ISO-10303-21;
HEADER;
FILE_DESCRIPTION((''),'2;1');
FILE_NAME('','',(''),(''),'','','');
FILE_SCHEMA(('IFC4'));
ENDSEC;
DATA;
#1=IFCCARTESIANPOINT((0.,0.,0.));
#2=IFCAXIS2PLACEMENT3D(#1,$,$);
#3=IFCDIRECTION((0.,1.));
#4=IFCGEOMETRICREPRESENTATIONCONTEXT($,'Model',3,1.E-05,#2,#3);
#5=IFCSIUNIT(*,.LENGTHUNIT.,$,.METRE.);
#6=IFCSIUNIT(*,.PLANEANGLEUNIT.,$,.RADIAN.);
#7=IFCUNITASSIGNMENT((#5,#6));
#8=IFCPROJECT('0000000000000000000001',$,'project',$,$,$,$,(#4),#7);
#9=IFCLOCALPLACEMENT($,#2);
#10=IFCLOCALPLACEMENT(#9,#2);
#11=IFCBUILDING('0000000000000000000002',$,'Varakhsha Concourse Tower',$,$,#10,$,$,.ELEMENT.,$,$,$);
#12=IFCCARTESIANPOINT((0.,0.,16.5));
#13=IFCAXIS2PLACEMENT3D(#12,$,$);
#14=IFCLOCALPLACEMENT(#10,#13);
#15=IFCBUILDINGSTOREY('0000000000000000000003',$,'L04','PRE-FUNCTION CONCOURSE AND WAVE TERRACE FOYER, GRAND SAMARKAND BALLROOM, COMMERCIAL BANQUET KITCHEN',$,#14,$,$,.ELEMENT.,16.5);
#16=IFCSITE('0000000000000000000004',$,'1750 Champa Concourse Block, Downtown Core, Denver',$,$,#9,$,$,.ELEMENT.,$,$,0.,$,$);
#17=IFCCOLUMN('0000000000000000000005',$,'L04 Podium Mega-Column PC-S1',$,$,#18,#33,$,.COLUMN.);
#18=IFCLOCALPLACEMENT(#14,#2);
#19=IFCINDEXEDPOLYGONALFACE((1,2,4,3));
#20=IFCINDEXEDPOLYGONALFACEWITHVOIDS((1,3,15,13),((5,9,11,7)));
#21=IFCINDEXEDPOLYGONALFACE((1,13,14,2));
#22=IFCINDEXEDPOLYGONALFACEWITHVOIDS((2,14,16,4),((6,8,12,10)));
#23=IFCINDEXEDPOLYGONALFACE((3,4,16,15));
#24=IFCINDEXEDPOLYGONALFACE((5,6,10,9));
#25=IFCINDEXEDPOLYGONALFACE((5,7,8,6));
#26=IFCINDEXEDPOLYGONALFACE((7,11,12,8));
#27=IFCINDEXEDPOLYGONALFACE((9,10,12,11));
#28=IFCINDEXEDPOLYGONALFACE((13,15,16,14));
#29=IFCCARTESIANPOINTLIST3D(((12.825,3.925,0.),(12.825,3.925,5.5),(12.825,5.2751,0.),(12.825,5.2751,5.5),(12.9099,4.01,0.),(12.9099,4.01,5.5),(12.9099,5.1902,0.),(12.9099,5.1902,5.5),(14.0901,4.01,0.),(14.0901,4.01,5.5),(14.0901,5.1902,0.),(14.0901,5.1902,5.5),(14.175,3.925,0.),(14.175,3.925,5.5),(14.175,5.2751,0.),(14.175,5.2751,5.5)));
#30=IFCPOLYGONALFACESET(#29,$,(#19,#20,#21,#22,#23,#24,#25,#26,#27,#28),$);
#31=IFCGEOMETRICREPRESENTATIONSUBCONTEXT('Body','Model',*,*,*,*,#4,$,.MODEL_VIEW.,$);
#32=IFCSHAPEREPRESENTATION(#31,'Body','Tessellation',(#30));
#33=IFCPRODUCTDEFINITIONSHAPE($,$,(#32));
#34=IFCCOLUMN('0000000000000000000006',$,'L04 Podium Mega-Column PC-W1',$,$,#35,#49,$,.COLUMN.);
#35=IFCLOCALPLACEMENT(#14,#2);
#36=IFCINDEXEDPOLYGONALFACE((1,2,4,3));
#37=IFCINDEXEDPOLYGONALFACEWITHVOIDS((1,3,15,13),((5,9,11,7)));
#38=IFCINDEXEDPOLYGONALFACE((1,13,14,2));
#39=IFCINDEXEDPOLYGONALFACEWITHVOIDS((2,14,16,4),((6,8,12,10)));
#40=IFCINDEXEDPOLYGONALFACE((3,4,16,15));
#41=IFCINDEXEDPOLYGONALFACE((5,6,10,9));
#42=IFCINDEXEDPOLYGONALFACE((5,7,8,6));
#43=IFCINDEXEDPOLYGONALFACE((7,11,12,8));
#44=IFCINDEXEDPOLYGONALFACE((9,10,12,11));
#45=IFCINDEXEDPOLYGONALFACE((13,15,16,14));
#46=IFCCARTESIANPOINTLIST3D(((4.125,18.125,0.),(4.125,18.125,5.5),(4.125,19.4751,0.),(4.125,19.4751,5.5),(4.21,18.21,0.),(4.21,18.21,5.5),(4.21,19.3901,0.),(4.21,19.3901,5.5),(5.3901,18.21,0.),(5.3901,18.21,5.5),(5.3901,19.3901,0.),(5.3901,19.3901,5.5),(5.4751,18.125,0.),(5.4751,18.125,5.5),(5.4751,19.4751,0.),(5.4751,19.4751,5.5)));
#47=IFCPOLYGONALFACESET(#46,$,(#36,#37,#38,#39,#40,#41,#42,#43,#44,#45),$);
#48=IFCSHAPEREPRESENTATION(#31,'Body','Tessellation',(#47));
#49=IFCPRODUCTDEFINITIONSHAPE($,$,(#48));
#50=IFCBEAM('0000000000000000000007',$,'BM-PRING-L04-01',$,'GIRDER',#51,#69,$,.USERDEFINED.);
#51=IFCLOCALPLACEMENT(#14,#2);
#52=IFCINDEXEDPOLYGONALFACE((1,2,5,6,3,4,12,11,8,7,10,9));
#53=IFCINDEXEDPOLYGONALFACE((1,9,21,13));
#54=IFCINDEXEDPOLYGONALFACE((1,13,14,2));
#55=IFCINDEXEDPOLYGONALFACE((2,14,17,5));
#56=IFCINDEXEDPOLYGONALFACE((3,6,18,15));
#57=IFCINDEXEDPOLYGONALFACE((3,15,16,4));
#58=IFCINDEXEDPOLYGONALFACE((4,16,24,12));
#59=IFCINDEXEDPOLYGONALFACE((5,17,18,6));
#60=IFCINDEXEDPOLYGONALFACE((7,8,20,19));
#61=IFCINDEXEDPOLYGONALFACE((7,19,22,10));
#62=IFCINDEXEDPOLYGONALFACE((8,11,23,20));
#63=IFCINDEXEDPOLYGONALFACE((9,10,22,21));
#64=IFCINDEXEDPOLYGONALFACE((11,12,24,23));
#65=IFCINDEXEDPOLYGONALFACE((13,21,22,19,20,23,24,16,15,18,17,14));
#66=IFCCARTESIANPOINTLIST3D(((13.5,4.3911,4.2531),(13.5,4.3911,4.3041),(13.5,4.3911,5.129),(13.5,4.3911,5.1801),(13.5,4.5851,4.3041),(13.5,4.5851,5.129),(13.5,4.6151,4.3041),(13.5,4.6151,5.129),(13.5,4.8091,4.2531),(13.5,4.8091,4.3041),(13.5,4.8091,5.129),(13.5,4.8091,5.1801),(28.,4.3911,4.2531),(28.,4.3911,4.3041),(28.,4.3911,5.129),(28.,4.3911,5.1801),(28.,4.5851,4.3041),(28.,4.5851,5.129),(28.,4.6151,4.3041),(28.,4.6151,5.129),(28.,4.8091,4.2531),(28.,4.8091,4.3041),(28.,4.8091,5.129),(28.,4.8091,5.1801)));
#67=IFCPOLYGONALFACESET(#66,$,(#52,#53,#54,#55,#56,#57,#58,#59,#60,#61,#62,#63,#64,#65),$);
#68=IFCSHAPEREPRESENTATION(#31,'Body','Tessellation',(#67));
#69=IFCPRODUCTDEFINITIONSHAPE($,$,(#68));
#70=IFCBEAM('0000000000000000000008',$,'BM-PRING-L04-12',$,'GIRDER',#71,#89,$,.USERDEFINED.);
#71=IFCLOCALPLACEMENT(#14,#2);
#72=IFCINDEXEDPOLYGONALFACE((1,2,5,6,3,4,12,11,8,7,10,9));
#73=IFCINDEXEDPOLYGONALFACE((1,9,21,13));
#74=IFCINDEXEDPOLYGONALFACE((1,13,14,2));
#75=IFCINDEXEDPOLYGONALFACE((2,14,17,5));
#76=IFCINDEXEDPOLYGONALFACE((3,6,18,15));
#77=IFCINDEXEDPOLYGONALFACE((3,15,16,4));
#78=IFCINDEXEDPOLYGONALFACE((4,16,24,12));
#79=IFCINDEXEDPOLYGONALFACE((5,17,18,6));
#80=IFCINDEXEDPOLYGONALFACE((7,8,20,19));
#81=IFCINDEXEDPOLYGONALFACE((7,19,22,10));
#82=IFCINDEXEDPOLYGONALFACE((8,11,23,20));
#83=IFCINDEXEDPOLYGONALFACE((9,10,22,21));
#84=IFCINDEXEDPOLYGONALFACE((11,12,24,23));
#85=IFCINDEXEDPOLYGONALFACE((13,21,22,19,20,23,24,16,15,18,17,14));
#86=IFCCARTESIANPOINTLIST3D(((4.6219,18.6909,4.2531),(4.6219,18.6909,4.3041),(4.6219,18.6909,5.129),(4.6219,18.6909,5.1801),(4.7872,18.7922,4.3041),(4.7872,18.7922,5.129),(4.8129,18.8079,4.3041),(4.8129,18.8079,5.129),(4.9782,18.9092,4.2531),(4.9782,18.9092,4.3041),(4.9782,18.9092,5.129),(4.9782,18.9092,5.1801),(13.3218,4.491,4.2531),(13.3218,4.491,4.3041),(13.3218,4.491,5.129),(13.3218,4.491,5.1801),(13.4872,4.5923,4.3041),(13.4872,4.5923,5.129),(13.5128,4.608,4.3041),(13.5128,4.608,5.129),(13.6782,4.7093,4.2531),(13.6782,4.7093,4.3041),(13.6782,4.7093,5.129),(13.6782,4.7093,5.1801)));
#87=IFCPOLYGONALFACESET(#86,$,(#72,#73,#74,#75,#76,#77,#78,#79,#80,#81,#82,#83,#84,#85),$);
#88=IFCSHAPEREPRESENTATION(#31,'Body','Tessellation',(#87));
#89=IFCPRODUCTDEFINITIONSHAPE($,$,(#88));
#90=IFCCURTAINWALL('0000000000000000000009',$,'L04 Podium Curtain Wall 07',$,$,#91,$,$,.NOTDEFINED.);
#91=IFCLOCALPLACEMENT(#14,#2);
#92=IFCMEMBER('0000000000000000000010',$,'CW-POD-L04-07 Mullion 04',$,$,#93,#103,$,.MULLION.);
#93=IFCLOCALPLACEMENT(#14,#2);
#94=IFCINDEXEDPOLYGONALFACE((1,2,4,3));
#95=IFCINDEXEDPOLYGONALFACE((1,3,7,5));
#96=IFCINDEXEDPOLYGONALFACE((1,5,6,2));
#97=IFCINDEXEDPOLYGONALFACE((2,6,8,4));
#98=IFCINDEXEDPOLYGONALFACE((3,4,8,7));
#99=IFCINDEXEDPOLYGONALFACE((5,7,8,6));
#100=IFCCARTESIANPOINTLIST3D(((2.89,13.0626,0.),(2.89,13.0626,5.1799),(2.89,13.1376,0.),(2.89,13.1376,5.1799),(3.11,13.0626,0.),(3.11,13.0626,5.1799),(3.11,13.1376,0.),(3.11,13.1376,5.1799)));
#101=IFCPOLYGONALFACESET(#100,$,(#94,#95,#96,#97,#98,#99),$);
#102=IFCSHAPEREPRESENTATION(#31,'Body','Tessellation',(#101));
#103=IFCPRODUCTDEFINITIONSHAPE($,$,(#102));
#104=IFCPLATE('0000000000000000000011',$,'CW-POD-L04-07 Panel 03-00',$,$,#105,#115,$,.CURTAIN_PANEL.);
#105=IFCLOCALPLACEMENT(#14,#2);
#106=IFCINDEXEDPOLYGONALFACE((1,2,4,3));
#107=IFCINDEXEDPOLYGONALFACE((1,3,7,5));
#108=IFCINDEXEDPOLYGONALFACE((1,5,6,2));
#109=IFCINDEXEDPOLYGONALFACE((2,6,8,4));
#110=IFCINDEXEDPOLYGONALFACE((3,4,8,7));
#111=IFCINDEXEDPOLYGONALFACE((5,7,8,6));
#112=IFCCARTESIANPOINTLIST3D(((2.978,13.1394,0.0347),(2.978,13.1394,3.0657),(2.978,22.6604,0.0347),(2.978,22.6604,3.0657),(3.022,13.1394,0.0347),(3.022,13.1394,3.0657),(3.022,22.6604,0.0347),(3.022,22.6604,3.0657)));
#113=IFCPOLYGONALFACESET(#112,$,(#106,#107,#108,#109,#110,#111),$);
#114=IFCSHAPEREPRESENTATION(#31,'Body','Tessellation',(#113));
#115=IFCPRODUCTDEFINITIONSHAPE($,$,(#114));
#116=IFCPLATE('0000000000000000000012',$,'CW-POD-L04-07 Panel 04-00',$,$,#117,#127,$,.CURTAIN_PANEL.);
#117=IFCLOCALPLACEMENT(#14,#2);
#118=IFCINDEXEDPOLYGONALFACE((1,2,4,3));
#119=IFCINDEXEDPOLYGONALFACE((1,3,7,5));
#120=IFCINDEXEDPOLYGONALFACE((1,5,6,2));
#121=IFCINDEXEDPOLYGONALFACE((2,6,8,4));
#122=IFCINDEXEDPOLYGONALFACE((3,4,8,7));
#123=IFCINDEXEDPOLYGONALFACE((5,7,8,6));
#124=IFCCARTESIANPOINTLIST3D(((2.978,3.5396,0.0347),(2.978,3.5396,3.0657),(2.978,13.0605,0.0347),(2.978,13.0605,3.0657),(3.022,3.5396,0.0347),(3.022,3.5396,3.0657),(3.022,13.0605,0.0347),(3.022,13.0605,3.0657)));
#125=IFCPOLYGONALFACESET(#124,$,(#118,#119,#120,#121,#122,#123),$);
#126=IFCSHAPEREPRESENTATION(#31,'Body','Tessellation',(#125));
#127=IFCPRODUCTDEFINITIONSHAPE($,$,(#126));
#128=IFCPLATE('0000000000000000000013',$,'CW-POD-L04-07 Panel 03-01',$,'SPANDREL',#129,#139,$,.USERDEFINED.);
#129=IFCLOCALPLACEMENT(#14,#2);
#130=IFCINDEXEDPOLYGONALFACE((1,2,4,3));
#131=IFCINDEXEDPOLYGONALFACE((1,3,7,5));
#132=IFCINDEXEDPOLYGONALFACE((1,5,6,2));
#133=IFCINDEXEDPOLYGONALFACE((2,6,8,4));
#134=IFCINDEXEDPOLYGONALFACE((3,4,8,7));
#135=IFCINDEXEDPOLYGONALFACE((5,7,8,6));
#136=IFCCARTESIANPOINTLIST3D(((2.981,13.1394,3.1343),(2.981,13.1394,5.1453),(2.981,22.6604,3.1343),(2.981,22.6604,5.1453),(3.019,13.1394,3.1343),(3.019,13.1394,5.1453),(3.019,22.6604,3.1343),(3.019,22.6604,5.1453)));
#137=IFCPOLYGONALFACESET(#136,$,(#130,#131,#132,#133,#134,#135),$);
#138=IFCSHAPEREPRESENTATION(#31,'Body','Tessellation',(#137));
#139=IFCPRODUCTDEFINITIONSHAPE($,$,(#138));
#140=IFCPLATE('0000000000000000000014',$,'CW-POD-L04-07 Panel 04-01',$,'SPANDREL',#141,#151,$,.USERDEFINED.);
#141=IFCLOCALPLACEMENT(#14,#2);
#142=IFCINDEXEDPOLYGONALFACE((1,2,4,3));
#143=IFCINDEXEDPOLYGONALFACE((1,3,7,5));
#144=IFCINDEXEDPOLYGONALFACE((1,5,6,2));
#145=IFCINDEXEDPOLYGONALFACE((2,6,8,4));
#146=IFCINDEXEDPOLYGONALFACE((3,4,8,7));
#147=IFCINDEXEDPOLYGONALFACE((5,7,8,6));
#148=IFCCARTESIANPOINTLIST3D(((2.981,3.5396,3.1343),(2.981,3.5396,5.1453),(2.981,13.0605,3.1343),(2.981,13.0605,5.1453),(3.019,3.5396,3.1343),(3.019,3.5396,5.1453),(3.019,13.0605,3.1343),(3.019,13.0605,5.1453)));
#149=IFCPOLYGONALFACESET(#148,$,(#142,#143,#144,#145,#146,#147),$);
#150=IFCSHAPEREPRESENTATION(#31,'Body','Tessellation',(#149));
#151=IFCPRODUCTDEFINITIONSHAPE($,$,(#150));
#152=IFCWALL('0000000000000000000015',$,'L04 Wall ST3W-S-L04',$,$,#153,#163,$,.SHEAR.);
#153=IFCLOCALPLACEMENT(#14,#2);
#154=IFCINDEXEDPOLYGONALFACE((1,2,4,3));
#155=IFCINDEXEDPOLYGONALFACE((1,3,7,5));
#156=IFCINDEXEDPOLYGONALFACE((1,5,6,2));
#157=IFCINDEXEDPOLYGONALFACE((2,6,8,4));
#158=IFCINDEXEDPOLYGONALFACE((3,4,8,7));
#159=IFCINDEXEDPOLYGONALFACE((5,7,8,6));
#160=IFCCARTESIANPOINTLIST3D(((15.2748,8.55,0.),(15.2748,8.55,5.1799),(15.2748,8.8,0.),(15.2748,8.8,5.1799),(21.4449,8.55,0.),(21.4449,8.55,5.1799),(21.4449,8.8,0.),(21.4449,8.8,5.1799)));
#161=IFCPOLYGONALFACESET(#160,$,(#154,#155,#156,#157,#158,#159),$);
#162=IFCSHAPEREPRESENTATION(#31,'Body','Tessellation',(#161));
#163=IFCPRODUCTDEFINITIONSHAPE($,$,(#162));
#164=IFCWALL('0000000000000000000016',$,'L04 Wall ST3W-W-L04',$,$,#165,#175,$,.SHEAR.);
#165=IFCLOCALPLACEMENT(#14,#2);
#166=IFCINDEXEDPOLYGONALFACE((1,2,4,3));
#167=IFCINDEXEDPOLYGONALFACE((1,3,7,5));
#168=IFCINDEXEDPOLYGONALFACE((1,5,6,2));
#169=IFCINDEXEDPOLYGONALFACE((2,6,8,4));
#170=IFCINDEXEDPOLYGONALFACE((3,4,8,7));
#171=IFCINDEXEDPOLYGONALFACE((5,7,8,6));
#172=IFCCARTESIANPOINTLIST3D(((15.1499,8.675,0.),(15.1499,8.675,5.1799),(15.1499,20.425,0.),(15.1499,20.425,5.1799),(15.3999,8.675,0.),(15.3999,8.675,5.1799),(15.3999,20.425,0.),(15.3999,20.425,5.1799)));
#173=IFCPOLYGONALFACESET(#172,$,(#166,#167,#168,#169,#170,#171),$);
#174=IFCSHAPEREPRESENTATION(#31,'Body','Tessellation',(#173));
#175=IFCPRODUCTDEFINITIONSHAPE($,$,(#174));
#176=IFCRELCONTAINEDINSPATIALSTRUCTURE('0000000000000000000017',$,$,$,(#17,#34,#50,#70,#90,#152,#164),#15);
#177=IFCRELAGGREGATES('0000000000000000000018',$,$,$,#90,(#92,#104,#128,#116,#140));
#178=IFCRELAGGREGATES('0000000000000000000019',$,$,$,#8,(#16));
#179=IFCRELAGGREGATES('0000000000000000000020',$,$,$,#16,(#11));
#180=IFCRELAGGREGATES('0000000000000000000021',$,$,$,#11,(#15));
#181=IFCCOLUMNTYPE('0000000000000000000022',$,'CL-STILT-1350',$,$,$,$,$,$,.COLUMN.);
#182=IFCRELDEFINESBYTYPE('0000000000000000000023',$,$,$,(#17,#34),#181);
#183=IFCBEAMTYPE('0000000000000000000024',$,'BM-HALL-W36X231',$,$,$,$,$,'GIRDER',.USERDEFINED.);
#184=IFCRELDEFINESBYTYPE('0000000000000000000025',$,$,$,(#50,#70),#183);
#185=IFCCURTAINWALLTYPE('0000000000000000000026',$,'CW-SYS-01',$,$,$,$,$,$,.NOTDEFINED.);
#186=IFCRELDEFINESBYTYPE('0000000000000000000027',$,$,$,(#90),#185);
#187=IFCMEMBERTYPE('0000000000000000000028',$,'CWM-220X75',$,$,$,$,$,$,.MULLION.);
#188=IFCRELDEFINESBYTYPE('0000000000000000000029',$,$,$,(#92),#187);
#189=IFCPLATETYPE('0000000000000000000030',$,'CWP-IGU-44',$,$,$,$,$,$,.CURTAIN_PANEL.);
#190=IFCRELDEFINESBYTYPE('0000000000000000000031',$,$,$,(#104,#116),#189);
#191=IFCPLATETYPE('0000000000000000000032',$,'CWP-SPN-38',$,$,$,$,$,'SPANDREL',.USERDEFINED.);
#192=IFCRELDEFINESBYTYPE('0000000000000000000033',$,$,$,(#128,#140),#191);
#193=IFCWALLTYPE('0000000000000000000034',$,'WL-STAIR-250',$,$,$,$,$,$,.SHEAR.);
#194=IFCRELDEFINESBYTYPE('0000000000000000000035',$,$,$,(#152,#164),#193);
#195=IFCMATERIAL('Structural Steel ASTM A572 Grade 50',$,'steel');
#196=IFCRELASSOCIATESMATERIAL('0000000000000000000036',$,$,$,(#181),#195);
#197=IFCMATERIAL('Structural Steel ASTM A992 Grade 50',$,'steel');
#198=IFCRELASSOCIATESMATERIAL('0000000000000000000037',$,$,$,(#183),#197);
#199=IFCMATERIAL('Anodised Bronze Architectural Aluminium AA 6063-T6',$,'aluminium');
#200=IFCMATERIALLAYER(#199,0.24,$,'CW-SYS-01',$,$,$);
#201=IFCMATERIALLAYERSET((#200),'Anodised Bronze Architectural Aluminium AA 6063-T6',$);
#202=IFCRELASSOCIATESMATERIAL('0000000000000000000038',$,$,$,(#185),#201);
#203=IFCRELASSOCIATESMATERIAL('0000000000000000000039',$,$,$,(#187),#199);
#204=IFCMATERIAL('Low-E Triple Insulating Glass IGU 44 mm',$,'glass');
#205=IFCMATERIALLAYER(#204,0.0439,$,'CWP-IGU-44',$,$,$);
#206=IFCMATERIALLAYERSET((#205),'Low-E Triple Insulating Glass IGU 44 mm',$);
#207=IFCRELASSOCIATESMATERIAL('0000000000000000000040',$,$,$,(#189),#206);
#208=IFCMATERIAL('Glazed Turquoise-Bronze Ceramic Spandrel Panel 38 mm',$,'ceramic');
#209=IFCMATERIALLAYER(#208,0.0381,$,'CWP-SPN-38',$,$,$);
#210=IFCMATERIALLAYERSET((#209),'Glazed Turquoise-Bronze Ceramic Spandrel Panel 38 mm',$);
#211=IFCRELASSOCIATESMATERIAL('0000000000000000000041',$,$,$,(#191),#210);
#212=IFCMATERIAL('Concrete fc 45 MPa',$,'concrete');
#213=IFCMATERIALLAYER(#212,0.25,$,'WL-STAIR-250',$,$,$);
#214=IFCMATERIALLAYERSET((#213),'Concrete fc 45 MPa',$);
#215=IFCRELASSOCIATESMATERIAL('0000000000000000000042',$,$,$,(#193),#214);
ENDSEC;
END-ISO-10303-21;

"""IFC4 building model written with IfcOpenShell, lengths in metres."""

from ifc_helpers import new_model, si_unit, direction, frame, frame_2d, origin, origin_2d, place, context, subcontext, project, spatial, rectangle, hollow_rectangle, i_section, extrude, source, transform, mapped, material, layer, layer_set, material_profile, profile_set, type_object, type_shapes, element, aggregate, save


model = new_model("IFC4")

# Units and contexts
model_context = context("Model", 3, precision=1e-05, world=origin(), true_north=direction((0.0, 1.0)))
body_context = subcontext(model_context, "Body", "Model", "MODEL_VIEW")
ifc_project = project(units=[si_unit("LENGTHUNIT", "METRE"), si_unit("PLANEANGLEUNIT", "RADIAN")], contexts=[model_context])

# Site, building, storey
site_placement = place(None, origin())
site = spatial("IfcSite", under=ifc_project, at=site_placement, Name="1750 Champa Concourse Block, Downtown Core, Denver", CompositionType="ELEMENT", RefElevation=0.0)
building_placement = place(site_placement, origin())
building = spatial("IfcBuilding", under=site, at=building_placement, Name="Varakhsha Concourse Tower", CompositionType="ELEMENT")
storey_placement = place(building_placement, frame((0.0, 0.0, 16.5)))
storey = spatial("IfcBuildingStorey", under=building, at=storey_placement, Name="L04", Description="PRE-FUNCTION CONCOURSE AND WAVE TERRACE FOYER, GRAND SAMARKAND BALLROOM, COMMERCIAL BANQUET KITCHEN", CompositionType="ELEMENT", Elevation=16.5)

# Columns
ifc_material_1 = material(Name="Structural Steel ASTM A572 Grade 50", Category="steel")
ifc_material_profile_1 = material_profile(ifc_material_1, hollow_rectangle(XDim=1.3501, YDim=1.3501, WallThickness=0.085, at=origin_2d()), Name="BOX 1350x1350x85")
ifc_profile_set_1 = profile_set([ifc_material_profile_1], Name="Structural Steel ASTM A572 Grade 50")
column_type = type_object("IfcColumnType", Name="CL-STILT-1350", PredefinedType="COLUMN", material=ifc_profile_set_1)
for number, where, z_axis, x_axis, name in (
    (1, (13.5, 4.6001, 0.0), (0.0, 0.0, 1.0), (1.0, 0.0, 0.0), "L04 Podium Mega-Column PC-S1"),
    (2, (4.8, 18.8, 0.0), (0.0, 0.0, 1.0), (1.0, 0.0, 0.0), "L04 Podium Mega-Column PC-W1"),
):
    element("IfcColumn", number, at=place(storey_placement, frame(where, z_axis=z_axis, x_axis=x_axis)), inside=storey, type_object=column_type, Name=name, PredefinedType="COLUMN", context=body_context, shape_type="SweptSolid", body=[
        extrude(hollow_rectangle(XDim=1.3501, YDim=1.3501, WallThickness=0.085, at=origin_2d()), origin(), (0.0, 0.0, 1.0), 5.5),
    ])

# Beams
ifc_material_2 = material(Name="Structural Steel ASTM A992 Grade 50", Category="steel")
ifc_material_profile_2 = material_profile(ifc_material_2, i_section(OverallWidth=0.418, OverallDepth=0.927, WebThickness=0.03, FlangeThickness=0.051, at=origin_2d()), Name="W36X231")
ifc_profile_set_2 = profile_set([ifc_material_profile_2], Name="Structural Steel ASTM A992 Grade 50")
beam_type = type_object("IfcBeamType", Name="BM-HALL-W36X231", ElementType="GIRDER", PredefinedType="USERDEFINED", material=ifc_profile_set_2)
beam_1_placement = place(storey_placement, frame((13.5, 4.6001, 4.7166), z_axis=(1.0, 0.0, 0.0), x_axis=(0.0, 1.0, 0.0)))
element("IfcBeam", 3, at=beam_1_placement, inside=storey, type_object=beam_type, Name="BM-PRING-L04-01", ObjectType="GIRDER", PredefinedType="USERDEFINED", context=body_context, shape_type="SweptSolid", body=[
    extrude(i_section(OverallWidth=0.418, OverallDepth=0.927, WebThickness=0.03, FlangeThickness=0.051, at=origin_2d()), origin(), (0.0, 0.0, 1.0), 14.5),
])
beam_2_placement = place(storey_placement, frame((4.8, 18.8, 4.7166), z_axis=(0.52242, -0.852688, 0.0), x_axis=(0.852688, 0.52242, 0.0)))
element("IfcBeam", 4, at=beam_2_placement, inside=storey, type_object=beam_type, Name="BM-PRING-L04-12", ObjectType="GIRDER", PredefinedType="USERDEFINED", context=body_context, shape_type="SweptSolid", body=[
    extrude(i_section(OverallWidth=0.418, OverallDepth=0.927, WebThickness=0.03, FlangeThickness=0.051, at=origin_2d()), origin(), (0.0, 0.0, 1.0), 16.6531),
])

# Curtain wall, member, plates
ifc_material_3 = material(Name="Anodised Bronze Architectural Aluminium AA 6063-T6", Category="aluminium")
ifc_layer_1 = layer(ifc_material_3, 0.24, Name="CW-SYS-01")
ifc_layer_set_1 = layer_set([ifc_layer_1], Name="Anodised Bronze Architectural Aluminium AA 6063-T6")
curtain_wall_type = type_object("IfcCurtainWallType", Name="CW-SYS-01", PredefinedType="NOTDEFINED", material=ifc_layer_set_1)
curtain_wall_placement = place(storey_placement, origin())
curtain_wall = element("IfcCurtainWall", 5, at=curtain_wall_placement, inside=storey, type_object=curtain_wall_type, Name="L04 Podium Curtain Wall 07", PredefinedType="NOTDEFINED")
ifc_material_profile_3 = material_profile(ifc_material_3, rectangle(XDim=0.075, YDim=0.22, at=origin_2d()), Name="CWM-220X75")
ifc_profile_set_3 = profile_set([ifc_material_profile_3], Name="Anodised Bronze Architectural Aluminium AA 6063-T6")
member_type = type_object("IfcMemberType", Name="CWM-220X75", PredefinedType="MULLION", material=ifc_profile_set_3)
shared_shape_1 = source(origin(), body_context, "Body", "SweptSolid", [
    extrude(rectangle(XDim=0.075, YDim=0.22, at=origin_2d()), origin(), (0.0, 0.0, 1.0), 5.1799),
])
type_shapes(member_type, [shared_shape_1])
member_placement = place(storey_placement, frame((3.0, 13.1001, 0.0), z_axis=(0.0, 0.0, 1.0), x_axis=(0.0, -1.0, 0.0)))
member = element("IfcMember", 6, at=member_placement, type_object=member_type, Name="CW-POD-L04-07 Mullion 04", PredefinedType="MULLION", context=body_context, shape_type="MappedRepresentation", body=[
    mapped(shared_shape_1, transform((0.0, 0.0, 0.0), scale=1.0)),
])
ifc_material_4 = material(Name="Low-E Triple Insulating Glass IGU 44 mm", Category="glass")
ifc_layer_2 = layer(ifc_material_4, 0.0439, Name="CWP-IGU-44")
ifc_layer_set_2 = layer_set([ifc_layer_2], Name="Low-E Triple Insulating Glass IGU 44 mm")
plate_type_1 = type_object("IfcPlateType", Name="CWP-IGU-44", PredefinedType="CURTAIN_PANEL", material=ifc_layer_set_2)
shared_shape_2 = source(origin(), body_context, "Body", "SweptSolid", [
    extrude(rectangle(XDim=9.521, YDim=0.0439, at=origin_2d()), origin(), (0.0, 0.0, 1.0), 3.031),
])
type_shapes(plate_type_1, [shared_shape_2])
plate_1_placement = place(storey_placement, frame((3.0, 17.8999, 0.0347), z_axis=(0.0, 0.0, 1.0), x_axis=(0.0, -1.0, 0.0)))
plate_1 = element("IfcPlate", 7, at=plate_1_placement, type_object=plate_type_1, Name="CW-POD-L04-07 Panel 03-00", PredefinedType="CURTAIN_PANEL", context=body_context, shape_type="MappedRepresentation", body=[
    mapped(shared_shape_2, transform((0.0, 0.0, 0.0), scale=1.0)),
])
plate_2_placement = place(storey_placement, frame((3.0, 8.3, 0.0347), z_axis=(0.0, 0.0, 1.0), x_axis=(0.0, -1.0, 0.0)))
plate_2 = element("IfcPlate", 8, at=plate_2_placement, type_object=plate_type_1, Name="CW-POD-L04-07 Panel 04-00", PredefinedType="CURTAIN_PANEL", context=body_context, shape_type="MappedRepresentation", body=[
    mapped(shared_shape_2, transform((0.0, 0.0, 0.0), scale=1.0)),
])
ifc_material_5 = material(Name="Glazed Turquoise-Bronze Ceramic Spandrel Panel 38 mm", Category="ceramic")
ifc_layer_3 = layer(ifc_material_5, 0.0381, Name="CWP-SPN-38")
ifc_layer_set_3 = layer_set([ifc_layer_3], Name="Glazed Turquoise-Bronze Ceramic Spandrel Panel 38 mm")
plate_type_2 = type_object("IfcPlateType", Name="CWP-SPN-38", ElementType="SPANDREL", PredefinedType="USERDEFINED", material=ifc_layer_set_3)
shared_shape_3 = source(origin(), body_context, "Body", "SweptSolid", [
    extrude(rectangle(XDim=9.521, YDim=0.0381, at=origin_2d()), origin(), (0.0, 0.0, 1.0), 2.011),
])
type_shapes(plate_type_2, [shared_shape_3])
plate_3_placement = place(storey_placement, frame((3.0, 17.8999, 3.1343), z_axis=(0.0, 0.0, 1.0), x_axis=(0.0, -1.0, 0.0)))
plate_3 = element("IfcPlate", 9, at=plate_3_placement, type_object=plate_type_2, Name="CW-POD-L04-07 Panel 03-01", ObjectType="SPANDREL", PredefinedType="USERDEFINED", context=body_context, shape_type="MappedRepresentation", body=[
    mapped(shared_shape_3, transform((0.0, 0.0, 0.0), scale=1.0)),
])
plate_4_placement = place(storey_placement, frame((3.0, 8.3, 3.1343), z_axis=(0.0, 0.0, 1.0), x_axis=(0.0, -1.0, 0.0)))
plate_4 = element("IfcPlate", 10, at=plate_4_placement, type_object=plate_type_2, Name="CW-POD-L04-07 Panel 04-01", ObjectType="SPANDREL", PredefinedType="USERDEFINED", context=body_context, shape_type="MappedRepresentation", body=[
    mapped(shared_shape_3, transform((0.0, 0.0, 0.0), scale=1.0)),
])
aggregate(curtain_wall, [member, plate_1, plate_3, plate_2, plate_4])

# Walls
ifc_material_6 = material(Name="Concrete fc 45 MPa", Category="concrete")
ifc_layer_4 = layer(ifc_material_6, 0.25, Name="WL-STAIR-250")
ifc_layer_set_4 = layer_set([ifc_layer_4], Name="Concrete fc 45 MPa")
wall_type = type_object("IfcWallType", Name="WL-STAIR-250", PredefinedType="SHEAR", material=ifc_layer_set_4)
wall_1_placement = place(storey_placement, frame((15.2749, 8.675, 0.0), z_axis=(0.0, 0.0, 1.0), x_axis=(1.0, 0.0, 0.0)))
element("IfcWall", 11, at=wall_1_placement, inside=storey, type_object=wall_type, Name="L04 Wall ST3W-S-L04", PredefinedType="SHEAR", context=body_context, shape_type="SweptSolid", body=[
    extrude(rectangle(XDim=6.1702, YDim=0.25, at=frame_2d((3.085, 0.0))), origin(), (0.0, 0.0, 1.0), 5.1799),
])
wall_2_placement = place(storey_placement, frame((15.2749, 8.675, 0.0), z_axis=(0.0, 0.0, 1.0), x_axis=(0.0, 1.0, 0.0)))
element("IfcWall", 12, at=wall_2_placement, inside=storey, type_object=wall_type, Name="L04 Wall ST3W-W-L04", PredefinedType="SHEAR", context=body_context, shape_type="SweptSolid", body=[
    extrude(rectangle(XDim=11.75, YDim=0.25, at=frame_2d((5.875, 0.0))), origin(), (0.0, 0.0, 1.0), 5.1799),
])

save(model, "model.ifc")
